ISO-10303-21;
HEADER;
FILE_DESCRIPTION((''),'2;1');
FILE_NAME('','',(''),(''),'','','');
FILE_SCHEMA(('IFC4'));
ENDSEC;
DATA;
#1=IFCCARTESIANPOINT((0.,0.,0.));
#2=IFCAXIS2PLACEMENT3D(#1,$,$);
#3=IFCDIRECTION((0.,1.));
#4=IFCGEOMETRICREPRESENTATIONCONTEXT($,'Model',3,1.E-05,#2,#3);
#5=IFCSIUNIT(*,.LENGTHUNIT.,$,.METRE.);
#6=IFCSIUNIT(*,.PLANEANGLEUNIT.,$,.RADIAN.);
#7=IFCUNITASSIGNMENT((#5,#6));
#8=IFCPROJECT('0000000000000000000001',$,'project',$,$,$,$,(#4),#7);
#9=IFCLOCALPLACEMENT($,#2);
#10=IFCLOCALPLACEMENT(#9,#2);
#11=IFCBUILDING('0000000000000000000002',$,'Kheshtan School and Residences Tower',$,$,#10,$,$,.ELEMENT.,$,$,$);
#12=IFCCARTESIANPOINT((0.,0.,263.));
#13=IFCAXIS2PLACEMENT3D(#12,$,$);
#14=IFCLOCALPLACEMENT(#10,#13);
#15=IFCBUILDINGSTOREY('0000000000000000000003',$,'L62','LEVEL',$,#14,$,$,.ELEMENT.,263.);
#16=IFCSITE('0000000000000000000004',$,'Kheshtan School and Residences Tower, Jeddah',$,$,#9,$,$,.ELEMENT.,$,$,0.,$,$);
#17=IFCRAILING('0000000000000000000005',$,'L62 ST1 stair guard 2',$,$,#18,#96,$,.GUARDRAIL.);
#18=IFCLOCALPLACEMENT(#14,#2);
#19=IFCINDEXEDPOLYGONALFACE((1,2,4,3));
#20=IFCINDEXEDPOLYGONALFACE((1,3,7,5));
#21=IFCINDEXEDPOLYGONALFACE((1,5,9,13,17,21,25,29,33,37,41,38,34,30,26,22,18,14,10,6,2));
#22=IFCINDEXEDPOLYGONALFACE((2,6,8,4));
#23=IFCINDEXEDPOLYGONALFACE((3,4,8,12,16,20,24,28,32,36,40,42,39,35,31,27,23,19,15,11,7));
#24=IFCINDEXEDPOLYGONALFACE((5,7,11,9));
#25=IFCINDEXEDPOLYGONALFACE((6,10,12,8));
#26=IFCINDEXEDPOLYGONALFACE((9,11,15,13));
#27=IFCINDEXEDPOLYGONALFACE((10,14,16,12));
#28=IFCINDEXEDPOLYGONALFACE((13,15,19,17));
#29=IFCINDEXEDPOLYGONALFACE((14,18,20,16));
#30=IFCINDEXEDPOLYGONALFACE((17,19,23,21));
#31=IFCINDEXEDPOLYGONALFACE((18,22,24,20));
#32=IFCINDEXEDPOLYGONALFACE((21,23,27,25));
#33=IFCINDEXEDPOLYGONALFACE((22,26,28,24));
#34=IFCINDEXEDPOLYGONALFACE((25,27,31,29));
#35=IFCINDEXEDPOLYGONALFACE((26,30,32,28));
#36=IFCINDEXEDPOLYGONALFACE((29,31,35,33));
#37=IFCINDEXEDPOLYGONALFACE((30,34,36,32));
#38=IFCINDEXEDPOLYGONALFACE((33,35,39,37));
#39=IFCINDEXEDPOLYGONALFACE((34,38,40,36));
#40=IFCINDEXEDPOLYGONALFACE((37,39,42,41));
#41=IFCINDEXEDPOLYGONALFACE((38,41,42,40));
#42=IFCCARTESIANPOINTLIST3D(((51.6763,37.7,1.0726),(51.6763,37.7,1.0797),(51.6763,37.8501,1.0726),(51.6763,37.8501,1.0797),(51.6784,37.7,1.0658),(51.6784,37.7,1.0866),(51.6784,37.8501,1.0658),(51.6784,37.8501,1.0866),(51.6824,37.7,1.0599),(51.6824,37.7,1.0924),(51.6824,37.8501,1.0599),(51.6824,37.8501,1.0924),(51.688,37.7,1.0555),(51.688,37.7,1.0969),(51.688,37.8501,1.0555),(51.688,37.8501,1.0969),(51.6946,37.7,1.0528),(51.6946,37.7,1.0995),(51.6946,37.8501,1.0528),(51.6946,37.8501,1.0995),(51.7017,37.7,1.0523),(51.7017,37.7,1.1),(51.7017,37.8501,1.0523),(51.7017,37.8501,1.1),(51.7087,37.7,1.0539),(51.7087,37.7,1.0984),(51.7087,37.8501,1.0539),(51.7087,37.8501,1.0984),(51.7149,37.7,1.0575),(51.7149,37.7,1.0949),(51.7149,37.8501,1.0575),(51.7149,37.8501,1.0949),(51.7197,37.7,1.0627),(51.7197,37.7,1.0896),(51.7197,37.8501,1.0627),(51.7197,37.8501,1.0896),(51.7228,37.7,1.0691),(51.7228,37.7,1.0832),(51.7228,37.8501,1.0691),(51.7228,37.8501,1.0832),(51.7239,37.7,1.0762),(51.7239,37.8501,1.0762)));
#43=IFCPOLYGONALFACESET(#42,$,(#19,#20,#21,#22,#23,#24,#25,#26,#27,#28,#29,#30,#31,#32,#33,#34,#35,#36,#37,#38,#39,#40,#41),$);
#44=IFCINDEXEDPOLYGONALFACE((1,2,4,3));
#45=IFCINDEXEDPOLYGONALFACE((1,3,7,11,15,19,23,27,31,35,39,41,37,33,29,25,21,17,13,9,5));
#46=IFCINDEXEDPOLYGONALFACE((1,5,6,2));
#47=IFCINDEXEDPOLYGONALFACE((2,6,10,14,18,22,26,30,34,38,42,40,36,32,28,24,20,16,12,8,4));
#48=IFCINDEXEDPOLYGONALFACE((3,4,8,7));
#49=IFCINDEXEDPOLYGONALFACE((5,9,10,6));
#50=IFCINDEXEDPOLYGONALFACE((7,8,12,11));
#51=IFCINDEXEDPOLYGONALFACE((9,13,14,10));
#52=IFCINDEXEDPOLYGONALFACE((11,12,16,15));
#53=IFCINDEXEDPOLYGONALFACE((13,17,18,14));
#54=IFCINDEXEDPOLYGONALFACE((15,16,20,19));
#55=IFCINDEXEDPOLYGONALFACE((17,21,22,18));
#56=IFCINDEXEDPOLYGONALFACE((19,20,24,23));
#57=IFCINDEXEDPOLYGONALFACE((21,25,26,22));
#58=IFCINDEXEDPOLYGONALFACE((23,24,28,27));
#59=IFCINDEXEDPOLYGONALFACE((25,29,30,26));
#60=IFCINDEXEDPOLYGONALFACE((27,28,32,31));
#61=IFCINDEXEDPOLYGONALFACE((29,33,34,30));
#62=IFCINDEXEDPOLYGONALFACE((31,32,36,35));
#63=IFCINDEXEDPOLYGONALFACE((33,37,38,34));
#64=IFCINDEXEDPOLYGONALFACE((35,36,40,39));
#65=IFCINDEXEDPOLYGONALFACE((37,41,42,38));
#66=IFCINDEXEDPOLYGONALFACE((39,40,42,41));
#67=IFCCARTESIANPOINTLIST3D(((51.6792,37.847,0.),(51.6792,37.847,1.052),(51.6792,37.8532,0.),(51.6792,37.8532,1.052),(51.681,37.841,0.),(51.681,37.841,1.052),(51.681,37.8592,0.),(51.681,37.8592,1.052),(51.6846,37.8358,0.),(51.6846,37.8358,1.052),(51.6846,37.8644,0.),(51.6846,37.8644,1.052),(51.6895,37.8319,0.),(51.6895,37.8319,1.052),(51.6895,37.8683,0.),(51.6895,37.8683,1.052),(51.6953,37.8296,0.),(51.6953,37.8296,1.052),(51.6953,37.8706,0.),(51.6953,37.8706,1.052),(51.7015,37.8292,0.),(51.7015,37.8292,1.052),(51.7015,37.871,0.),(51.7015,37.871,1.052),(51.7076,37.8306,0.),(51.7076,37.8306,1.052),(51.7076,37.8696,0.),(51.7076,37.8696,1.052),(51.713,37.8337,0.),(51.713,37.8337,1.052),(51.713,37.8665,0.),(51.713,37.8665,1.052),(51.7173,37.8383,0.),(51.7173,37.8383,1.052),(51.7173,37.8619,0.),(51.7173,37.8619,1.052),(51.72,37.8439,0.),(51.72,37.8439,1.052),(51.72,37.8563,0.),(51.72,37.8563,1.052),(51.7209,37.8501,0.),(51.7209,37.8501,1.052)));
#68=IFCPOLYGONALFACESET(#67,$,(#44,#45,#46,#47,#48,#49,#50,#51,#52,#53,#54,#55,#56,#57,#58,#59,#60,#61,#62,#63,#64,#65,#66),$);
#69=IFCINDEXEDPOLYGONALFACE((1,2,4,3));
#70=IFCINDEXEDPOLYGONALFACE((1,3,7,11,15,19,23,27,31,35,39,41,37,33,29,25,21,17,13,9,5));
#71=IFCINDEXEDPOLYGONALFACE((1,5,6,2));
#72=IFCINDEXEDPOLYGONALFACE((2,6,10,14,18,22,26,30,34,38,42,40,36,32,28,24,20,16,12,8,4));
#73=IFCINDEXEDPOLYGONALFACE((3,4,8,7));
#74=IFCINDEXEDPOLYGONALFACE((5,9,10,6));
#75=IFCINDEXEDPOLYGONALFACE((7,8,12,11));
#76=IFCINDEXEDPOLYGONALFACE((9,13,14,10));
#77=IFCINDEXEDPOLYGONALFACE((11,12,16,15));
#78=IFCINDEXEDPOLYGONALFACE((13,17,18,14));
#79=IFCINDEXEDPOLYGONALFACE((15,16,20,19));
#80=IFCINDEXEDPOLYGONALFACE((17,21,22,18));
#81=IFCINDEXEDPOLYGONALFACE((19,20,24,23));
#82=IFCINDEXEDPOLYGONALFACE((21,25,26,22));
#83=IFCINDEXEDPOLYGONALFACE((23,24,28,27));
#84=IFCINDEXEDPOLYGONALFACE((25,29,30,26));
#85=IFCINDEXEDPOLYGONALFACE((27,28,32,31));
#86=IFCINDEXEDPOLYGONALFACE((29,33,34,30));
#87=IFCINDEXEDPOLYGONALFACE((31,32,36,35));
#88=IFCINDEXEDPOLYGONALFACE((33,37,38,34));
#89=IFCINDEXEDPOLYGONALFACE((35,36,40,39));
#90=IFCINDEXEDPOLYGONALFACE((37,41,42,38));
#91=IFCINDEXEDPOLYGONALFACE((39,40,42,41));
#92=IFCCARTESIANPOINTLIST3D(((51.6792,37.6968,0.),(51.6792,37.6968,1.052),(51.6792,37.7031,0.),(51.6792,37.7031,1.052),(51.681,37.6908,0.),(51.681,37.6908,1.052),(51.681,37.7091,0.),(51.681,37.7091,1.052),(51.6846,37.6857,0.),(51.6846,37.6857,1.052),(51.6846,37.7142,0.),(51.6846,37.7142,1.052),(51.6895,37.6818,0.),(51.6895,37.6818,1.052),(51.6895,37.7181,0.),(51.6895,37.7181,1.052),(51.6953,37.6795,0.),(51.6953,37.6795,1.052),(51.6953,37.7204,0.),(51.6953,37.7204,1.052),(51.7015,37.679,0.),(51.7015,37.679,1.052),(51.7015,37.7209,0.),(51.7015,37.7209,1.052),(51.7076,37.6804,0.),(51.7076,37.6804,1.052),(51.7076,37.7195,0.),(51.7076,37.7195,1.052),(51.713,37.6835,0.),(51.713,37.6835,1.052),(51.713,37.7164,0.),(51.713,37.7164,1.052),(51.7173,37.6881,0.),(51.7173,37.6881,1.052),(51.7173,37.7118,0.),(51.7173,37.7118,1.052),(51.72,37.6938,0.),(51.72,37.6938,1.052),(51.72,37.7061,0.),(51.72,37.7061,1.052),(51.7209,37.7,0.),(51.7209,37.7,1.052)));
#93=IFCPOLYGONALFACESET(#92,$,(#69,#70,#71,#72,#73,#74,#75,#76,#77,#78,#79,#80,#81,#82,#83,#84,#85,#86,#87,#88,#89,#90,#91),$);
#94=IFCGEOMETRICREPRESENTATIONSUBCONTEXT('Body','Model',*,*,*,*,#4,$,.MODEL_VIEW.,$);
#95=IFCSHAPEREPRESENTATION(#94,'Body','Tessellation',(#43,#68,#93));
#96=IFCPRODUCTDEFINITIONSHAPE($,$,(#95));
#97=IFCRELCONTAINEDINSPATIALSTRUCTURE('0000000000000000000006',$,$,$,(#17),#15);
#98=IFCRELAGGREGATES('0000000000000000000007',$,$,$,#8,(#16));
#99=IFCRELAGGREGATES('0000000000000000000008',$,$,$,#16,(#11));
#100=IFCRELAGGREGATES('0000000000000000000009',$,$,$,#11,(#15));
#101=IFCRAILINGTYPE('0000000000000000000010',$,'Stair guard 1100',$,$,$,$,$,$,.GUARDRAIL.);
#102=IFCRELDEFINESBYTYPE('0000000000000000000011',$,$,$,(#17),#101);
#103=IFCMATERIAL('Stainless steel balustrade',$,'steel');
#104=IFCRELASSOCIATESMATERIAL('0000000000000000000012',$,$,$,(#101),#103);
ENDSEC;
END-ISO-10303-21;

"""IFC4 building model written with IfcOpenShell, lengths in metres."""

from ifc_helpers import new_model, si_unit, direction, frame, origin, origin_2d, place, context, subcontext, project, spatial, circle, extrude, material, type_object, element, save


model = new_model("IFC4")

# Units and contexts
model_context = context("Model", 3, precision=1e-05, world=origin(), true_north=direction((0.0, 1.0)))
body_context = subcontext(model_context, "Body", "Model", "MODEL_VIEW")
ifc_project = project(units=[si_unit("LENGTHUNIT", "METRE"), si_unit("PLANEANGLEUNIT", "RADIAN")], contexts=[model_context])

# Site, building, storey
site_placement = place(None, origin())
site = spatial("IfcSite", under=ifc_project, at=site_placement, Name="Kheshtan School and Residences Tower, Jeddah", CompositionType="ELEMENT", RefElevation=0.0)
building_placement = place(site_placement, origin())
building = spatial("IfcBuilding", under=site, at=building_placement, Name="Kheshtan School and Residences Tower", CompositionType="ELEMENT")
storey_placement = place(building_placement, frame((0.0, 0.0, 263.0)))
storey = spatial("IfcBuildingStorey", under=building, at=storey_placement, Name="L62", Description="LEVEL", CompositionType="ELEMENT", Elevation=263.0)

# Railing
ifc_material_1 = material(Name="Stainless steel balustrade", Category="steel")
railing_type_1 = type_object("IfcRailingType", Name="Stair guard 1100", PredefinedType="GUARDRAIL", material=ifc_material_1)
railing_1_placement = place(storey_placement, frame((51.7, 37.8501, 0.0)))
element("IfcRailing", 1, at=railing_1_placement, inside=storey, type_object=railing_type_1, Name="L62 ST1 stair guard 2", PredefinedType="GUARDRAIL", context=body_context, shape_type="SweptSolid", body=[
    extrude(circle(Radius=0.0239, at=origin_2d()), frame((0.0, 0.0, 1.0762), z_axis=(0.0, -1.0, 0.0), x_axis=(1.0, 0.0, 0.0)), (0.0, 0.0, 1.0), 0.1501),
    extrude(circle(Radius=0.021, at=origin_2d()), origin(), (0.0, 0.0, 1.0), 1.052),
    extrude(circle(Radius=0.021, at=origin_2d()), frame((0.0, -0.1501, 0.0)), (0.0, 0.0, 1.0), 1.052),
])

save(model, "model.ifc")
